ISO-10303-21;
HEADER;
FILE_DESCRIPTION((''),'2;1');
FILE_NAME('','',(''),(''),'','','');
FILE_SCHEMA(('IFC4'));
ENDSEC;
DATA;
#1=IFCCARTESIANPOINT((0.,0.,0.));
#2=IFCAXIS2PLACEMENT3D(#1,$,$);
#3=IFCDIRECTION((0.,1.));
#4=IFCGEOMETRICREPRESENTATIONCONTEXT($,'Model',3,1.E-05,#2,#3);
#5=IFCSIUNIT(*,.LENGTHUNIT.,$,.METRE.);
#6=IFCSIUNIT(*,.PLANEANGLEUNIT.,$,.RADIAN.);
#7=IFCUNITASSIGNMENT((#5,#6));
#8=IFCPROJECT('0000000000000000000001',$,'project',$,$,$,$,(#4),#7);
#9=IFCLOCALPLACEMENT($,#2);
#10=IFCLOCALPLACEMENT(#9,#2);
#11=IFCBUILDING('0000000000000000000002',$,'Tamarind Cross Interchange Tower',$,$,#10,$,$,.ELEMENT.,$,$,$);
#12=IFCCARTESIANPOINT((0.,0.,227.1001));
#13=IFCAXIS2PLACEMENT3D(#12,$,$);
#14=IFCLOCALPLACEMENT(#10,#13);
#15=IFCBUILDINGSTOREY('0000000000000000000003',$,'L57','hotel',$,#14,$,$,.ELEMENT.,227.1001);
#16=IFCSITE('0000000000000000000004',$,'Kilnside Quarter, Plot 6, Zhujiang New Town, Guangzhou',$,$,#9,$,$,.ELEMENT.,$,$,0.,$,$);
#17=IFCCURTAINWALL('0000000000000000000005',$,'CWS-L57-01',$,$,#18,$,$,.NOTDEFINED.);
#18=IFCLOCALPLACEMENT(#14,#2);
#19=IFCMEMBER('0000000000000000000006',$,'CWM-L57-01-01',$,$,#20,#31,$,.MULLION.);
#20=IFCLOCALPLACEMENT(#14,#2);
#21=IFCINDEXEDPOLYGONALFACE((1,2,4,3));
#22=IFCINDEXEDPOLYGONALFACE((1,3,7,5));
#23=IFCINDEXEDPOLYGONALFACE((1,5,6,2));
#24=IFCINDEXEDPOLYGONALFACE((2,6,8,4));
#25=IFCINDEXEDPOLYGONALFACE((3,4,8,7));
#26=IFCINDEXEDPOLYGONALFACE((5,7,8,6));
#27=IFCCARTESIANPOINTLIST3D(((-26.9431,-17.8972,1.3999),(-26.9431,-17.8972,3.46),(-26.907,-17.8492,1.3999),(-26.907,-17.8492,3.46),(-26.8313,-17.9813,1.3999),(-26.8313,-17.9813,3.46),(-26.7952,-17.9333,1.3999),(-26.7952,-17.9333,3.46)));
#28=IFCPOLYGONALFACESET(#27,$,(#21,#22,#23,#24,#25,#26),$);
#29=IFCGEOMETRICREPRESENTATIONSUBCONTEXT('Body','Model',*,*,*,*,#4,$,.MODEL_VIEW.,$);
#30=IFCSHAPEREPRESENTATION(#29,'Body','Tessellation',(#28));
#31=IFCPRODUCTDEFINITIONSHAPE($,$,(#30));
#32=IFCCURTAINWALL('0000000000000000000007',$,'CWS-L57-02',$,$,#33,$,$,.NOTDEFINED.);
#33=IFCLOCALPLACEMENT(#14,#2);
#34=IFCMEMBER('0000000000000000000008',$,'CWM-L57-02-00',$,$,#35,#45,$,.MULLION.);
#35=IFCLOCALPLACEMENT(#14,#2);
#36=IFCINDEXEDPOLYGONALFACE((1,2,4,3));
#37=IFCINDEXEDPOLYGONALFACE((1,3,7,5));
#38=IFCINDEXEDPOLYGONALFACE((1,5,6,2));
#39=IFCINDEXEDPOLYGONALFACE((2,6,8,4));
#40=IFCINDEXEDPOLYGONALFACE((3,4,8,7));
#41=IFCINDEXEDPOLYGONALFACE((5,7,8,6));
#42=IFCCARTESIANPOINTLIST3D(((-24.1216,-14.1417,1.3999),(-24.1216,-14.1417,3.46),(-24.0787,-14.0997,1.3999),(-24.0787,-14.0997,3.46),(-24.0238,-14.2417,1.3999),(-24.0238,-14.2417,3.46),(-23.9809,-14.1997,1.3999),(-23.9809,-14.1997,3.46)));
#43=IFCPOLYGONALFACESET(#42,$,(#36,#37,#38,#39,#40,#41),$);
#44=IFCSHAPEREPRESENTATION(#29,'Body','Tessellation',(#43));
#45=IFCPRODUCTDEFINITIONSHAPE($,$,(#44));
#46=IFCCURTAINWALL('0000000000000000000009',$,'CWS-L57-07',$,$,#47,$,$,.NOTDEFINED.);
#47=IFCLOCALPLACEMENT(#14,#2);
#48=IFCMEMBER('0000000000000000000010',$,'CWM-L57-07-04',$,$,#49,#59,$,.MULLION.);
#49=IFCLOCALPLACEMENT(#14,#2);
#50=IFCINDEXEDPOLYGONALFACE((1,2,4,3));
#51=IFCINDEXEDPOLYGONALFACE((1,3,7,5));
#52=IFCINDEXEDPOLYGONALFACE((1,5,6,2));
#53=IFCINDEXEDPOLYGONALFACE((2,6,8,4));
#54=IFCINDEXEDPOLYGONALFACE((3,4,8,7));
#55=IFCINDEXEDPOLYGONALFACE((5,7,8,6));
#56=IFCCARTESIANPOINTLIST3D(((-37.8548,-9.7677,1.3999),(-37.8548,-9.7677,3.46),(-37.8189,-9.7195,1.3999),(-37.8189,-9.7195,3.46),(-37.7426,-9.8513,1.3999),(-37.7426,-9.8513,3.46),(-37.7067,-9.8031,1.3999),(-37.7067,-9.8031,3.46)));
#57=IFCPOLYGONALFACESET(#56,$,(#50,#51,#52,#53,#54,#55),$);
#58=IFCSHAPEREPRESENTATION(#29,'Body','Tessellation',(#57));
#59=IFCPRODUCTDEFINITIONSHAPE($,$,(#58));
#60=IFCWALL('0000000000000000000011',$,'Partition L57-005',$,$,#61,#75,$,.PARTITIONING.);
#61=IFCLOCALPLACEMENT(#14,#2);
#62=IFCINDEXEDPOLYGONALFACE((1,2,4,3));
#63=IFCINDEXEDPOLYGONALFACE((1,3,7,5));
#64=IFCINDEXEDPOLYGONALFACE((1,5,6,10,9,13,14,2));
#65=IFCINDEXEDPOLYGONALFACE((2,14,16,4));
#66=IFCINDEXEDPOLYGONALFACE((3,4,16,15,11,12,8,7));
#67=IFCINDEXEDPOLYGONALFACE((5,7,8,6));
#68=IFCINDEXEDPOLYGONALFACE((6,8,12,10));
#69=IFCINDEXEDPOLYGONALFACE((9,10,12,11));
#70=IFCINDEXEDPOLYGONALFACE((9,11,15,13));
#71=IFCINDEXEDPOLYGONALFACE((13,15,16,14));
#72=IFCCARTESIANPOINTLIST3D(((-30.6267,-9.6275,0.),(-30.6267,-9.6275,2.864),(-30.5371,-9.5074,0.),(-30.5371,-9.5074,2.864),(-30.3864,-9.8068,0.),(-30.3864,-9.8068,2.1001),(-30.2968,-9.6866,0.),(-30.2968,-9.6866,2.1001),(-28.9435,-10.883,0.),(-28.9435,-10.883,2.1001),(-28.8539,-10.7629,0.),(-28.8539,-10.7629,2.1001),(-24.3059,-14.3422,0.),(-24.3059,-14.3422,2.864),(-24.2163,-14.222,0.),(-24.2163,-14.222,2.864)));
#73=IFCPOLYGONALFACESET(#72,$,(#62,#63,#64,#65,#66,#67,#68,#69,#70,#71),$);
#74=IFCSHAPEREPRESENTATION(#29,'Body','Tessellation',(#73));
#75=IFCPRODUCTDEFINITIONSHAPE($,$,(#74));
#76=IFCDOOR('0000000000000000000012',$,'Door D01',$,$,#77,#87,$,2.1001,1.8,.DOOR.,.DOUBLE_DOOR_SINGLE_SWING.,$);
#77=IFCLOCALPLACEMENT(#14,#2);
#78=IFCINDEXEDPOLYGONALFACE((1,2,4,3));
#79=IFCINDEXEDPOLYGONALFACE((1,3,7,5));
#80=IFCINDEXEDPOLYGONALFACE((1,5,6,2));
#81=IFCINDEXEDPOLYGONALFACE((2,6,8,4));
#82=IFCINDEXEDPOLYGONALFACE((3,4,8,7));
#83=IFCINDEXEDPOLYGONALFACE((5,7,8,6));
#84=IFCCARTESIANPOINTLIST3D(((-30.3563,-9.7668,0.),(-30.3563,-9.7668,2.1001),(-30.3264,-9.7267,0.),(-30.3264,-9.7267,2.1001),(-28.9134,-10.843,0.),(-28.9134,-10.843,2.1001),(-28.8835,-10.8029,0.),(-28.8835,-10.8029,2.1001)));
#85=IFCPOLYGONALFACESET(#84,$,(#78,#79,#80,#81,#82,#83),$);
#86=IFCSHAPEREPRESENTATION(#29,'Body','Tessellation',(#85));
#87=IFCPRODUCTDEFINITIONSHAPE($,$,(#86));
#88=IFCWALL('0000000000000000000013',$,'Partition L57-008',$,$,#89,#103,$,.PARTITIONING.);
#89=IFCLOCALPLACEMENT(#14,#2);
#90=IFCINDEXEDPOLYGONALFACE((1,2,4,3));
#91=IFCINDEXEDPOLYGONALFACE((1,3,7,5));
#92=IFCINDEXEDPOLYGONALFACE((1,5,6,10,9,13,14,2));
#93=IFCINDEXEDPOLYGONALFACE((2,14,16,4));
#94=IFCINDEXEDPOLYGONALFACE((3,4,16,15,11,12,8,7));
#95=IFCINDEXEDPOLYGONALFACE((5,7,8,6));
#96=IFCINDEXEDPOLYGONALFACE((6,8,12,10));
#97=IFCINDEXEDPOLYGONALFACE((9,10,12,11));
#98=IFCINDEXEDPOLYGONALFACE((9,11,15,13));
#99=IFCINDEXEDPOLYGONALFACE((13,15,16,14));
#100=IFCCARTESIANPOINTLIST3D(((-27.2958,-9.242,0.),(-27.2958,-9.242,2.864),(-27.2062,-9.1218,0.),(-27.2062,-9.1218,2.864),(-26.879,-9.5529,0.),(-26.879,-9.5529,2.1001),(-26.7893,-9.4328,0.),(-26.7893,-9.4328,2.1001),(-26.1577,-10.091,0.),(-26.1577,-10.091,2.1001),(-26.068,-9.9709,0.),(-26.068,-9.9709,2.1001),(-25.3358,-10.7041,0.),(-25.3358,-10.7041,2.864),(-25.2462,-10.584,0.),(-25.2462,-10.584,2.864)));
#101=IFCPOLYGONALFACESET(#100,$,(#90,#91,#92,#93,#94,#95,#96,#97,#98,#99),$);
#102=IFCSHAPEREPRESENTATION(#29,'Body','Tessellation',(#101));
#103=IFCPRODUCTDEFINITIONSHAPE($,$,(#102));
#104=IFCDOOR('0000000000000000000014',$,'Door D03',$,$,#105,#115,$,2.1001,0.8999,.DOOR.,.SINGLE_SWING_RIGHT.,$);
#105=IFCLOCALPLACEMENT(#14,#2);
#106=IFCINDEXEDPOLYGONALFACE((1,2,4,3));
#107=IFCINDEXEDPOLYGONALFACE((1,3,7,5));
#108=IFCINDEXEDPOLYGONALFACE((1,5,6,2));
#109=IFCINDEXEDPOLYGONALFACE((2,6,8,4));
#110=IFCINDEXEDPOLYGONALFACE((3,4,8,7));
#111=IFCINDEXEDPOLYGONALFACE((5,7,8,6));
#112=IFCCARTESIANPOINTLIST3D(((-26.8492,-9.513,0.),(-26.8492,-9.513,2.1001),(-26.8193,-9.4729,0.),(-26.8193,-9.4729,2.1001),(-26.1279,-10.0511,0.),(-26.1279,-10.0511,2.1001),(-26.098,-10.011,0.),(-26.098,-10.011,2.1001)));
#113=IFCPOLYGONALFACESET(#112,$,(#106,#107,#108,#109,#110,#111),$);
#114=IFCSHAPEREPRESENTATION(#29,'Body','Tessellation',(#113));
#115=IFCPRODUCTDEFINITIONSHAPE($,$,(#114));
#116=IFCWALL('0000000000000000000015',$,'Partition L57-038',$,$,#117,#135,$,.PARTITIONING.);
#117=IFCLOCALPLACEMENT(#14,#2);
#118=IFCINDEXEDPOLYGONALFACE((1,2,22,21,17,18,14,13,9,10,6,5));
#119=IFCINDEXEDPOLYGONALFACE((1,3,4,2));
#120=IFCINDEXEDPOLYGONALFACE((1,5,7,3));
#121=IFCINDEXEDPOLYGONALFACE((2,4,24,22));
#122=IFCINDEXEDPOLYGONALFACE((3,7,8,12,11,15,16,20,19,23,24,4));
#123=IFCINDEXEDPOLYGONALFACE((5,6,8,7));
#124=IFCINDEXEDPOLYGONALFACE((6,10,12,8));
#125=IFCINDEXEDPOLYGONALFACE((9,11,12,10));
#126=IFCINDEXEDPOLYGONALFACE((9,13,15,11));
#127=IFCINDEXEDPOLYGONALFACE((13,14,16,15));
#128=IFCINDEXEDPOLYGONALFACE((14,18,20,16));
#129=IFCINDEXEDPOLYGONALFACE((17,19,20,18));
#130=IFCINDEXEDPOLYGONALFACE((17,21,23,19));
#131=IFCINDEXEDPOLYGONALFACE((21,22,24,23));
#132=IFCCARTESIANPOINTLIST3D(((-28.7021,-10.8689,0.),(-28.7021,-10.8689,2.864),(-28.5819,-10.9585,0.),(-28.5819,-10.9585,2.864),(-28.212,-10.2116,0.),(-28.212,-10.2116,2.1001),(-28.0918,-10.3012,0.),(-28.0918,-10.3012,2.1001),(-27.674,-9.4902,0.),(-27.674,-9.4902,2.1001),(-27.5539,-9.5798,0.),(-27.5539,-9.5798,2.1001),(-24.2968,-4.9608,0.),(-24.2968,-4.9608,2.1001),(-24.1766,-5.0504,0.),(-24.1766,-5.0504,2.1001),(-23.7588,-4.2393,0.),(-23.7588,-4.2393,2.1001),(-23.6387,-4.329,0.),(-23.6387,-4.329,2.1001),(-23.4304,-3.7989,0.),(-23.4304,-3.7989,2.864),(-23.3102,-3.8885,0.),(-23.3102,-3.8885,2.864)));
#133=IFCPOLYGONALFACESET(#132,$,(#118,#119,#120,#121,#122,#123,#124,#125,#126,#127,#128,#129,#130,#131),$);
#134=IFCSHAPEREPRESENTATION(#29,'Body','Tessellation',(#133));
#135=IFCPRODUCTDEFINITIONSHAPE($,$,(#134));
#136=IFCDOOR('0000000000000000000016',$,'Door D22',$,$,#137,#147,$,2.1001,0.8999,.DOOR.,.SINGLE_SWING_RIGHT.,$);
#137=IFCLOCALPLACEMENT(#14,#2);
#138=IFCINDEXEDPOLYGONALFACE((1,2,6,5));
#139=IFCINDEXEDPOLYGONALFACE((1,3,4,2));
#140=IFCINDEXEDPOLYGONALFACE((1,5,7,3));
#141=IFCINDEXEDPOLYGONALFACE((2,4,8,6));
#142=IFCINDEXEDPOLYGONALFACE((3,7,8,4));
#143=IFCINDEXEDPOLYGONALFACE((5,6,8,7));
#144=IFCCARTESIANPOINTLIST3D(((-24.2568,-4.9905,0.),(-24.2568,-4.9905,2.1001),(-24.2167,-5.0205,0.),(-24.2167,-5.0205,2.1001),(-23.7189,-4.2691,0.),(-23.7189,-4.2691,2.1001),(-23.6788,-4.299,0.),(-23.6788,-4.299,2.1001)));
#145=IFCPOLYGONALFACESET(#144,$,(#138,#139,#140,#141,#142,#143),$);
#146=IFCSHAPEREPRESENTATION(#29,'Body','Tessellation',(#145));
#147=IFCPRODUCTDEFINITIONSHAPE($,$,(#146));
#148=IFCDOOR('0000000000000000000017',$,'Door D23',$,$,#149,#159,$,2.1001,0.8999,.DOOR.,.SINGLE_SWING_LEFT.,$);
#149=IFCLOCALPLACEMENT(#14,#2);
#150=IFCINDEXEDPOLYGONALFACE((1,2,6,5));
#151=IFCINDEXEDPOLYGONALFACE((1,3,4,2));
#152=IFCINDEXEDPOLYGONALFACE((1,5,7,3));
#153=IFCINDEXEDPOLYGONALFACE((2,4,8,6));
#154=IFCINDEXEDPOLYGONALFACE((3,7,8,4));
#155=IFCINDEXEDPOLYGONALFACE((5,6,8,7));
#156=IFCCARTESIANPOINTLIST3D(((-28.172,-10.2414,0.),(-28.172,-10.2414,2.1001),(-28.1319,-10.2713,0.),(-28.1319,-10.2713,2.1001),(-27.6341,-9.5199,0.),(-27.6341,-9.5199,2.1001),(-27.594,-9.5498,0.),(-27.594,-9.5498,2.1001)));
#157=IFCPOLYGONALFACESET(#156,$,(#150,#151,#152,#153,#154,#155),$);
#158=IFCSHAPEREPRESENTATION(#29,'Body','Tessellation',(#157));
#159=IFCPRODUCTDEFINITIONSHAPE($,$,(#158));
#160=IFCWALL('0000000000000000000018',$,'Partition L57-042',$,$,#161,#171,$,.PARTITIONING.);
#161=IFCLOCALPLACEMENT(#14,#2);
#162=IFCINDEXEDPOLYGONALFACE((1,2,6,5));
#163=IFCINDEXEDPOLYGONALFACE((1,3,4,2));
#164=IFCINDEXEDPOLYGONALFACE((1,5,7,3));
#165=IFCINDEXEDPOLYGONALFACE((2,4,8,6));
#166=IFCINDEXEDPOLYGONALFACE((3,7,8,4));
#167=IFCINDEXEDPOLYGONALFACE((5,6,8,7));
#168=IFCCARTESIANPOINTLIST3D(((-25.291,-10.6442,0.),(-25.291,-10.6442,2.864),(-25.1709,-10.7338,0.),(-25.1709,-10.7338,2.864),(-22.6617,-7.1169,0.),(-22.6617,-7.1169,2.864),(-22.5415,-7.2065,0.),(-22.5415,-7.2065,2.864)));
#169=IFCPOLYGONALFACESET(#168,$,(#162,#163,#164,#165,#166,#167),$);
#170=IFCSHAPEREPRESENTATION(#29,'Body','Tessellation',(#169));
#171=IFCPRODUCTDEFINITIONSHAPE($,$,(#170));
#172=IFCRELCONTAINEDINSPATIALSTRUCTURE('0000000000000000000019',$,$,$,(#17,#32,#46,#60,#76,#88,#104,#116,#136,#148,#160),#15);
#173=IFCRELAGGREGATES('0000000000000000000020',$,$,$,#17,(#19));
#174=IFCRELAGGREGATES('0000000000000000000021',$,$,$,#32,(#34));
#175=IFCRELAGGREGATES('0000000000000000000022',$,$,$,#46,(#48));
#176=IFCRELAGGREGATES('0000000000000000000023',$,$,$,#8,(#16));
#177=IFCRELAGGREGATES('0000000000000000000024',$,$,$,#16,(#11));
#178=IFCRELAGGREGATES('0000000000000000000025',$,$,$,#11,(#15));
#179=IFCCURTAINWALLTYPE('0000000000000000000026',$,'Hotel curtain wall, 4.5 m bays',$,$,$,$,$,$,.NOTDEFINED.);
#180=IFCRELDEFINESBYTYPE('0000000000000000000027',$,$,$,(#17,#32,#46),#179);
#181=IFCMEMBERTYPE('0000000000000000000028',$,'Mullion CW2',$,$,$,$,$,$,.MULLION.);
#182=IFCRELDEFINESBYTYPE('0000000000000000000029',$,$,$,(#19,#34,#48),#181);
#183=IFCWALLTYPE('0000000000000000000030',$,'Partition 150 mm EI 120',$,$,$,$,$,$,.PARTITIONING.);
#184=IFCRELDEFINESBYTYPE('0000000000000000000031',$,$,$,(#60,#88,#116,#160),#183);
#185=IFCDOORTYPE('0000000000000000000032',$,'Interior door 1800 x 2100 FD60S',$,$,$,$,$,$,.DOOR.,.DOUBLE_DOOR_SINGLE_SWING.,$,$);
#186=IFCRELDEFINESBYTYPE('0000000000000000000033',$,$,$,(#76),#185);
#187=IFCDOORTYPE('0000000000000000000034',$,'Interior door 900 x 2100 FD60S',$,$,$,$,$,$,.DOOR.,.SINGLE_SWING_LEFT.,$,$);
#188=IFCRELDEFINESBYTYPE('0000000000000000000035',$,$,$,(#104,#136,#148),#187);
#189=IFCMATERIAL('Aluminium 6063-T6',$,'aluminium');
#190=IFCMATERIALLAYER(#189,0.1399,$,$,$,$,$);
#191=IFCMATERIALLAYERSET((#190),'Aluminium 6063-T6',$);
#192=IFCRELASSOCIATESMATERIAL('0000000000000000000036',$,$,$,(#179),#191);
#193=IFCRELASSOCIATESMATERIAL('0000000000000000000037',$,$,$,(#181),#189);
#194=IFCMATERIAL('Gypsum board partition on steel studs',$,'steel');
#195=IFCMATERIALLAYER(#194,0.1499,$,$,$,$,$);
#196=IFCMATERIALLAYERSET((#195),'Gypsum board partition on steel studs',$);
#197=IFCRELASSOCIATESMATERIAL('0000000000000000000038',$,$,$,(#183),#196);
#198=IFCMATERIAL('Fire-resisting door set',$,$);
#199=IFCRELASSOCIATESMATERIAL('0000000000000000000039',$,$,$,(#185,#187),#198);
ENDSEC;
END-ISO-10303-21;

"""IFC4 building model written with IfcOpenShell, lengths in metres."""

from ifc_helpers import new_model, si_unit, direction, frame, frame_2d, origin, origin_2d, place, context, subcontext, project, spatial, rectangle, extrude, material, layer, layer_set, material_profile, profile_set, type_object, element, fill, aggregate, save


model = new_model("IFC4")

# Units and contexts
model_context = context("Model", 3, precision=1e-05, world=origin(), true_north=direction((0.0, 1.0)))
body_context = subcontext(model_context, "Body", "Model", "MODEL_VIEW")
ifc_project = project(units=[si_unit("LENGTHUNIT", "METRE"), si_unit("PLANEANGLEUNIT", "RADIAN")], contexts=[model_context])

# Site, building, storey
site_placement = place(None, origin())
site = spatial("IfcSite", under=ifc_project, at=site_placement, Name="Kilnside Quarter, Plot 6, Zhujiang New Town, Guangzhou", CompositionType="ELEMENT", RefElevation=0.0)
building_placement = place(site_placement, origin())
building = spatial("IfcBuilding", under=site, at=building_placement, Name="Tamarind Cross Interchange Tower", CompositionType="ELEMENT")
storey_placement = place(building_placement, frame((0.0, 0.0, 227.1001)))
storey = spatial("IfcBuildingStorey", under=building, at=storey_placement, Name="L57", Description="hotel", CompositionType="ELEMENT", Elevation=227.1001)

# Curtain wall, member
ifc_material_1 = material(Name="Aluminium 6063-T6", Category="aluminium")
ifc_layer_1 = layer(ifc_material_1, 0.1399)
ifc_layer_set_1 = layer_set([ifc_layer_1], Name="Aluminium 6063-T6")
curtain_wall_type = type_object("IfcCurtainWallType", Name="Hotel curtain wall, 4.5 m bays", PredefinedType="NOTDEFINED", material=ifc_layer_set_1)
ifc_material_profile_1 = material_profile(ifc_material_1, rectangle(XDim=0.0601, YDim=0.1399, at=origin_2d()), Name="Mullion CW2")
ifc_profile_set_1 = profile_set([ifc_material_profile_1], Name="Aluminium 6063-T6")
member_type = type_object("IfcMemberType", Name="Mullion CW2", PredefinedType="MULLION", material=ifc_profile_set_1)
curtain_wall_1_placement = place(storey_placement, origin())
curtain_wall_1 = element("IfcCurtainWall", 1, at=curtain_wall_1_placement, inside=storey, type_object=curtain_wall_type, Name="CWS-L57-01", PredefinedType="NOTDEFINED")
member_1_placement = place(storey_placement, frame((-26.8691, -17.9153, 1.3999), z_axis=(0.0, 0.0, 1.0), x_axis=(0.601316, 0.799011, 0.0)))
member_1 = element("IfcMember", 2, at=member_1_placement, type_object=member_type, Name="CWM-L57-01-01", PredefinedType="MULLION", context=body_context, shape_type="SweptSolid", body=[
    extrude(rectangle(XDim=0.0601, YDim=0.1399, at=origin_2d()), origin(), (0.0, 0.0, 1.0), 2.0601),
])
aggregate(curtain_wall_1, [member_1])

# Curtain walls, members
curtain_wall_2_placement = place(storey_placement, origin())
curtain_wall_2 = element("IfcCurtainWall", 3, at=curtain_wall_2_placement, inside=storey, type_object=curtain_wall_type, Name="CWS-L57-02", PredefinedType="NOTDEFINED")
member_2_placement = place(storey_placement, frame((-24.0513, -14.1707, 1.3999), z_axis=(0.0, 0.0, 1.0), x_axis=(0.714811, 0.699317, 0.0)))
member_2 = element("IfcMember", 4, at=member_2_placement, type_object=member_type, Name="CWM-L57-02-00", PredefinedType="MULLION", context=body_context, shape_type="SweptSolid", body=[
    extrude(rectangle(XDim=0.0601, YDim=0.1399, at=origin_2d()), origin(), (0.0, 0.0, 1.0), 2.0601),
])
aggregate(curtain_wall_2, [member_2])
curtain_wall_3_placement = place(storey_placement, origin())
curtain_wall_3 = element("IfcCurtainWall", 5, at=curtain_wall_3_placement, inside=storey, type_object=curtain_wall_type, Name="CWS-L57-07", PredefinedType="NOTDEFINED")
member_3_placement = place(storey_placement, frame((-37.7808, -9.7854, 1.3999), z_axis=(0.0, 0.0, 1.0), x_axis=(-0.597838, -0.801617, 0.0)))
member_3 = element("IfcMember", 6, at=member_3_placement, type_object=member_type, Name="CWM-L57-07-04", PredefinedType="MULLION", context=body_context, shape_type="SweptSolid", body=[
    extrude(rectangle(XDim=0.0601, YDim=0.1399, at=origin_2d()), origin(), (0.0, 0.0, 1.0), 2.0601),
])
aggregate(curtain_wall_3, [member_3])

# Walls, openings, doors
ifc_material_2 = material(Name="Gypsum board partition on steel studs", Category="steel")
ifc_layer_2 = layer(ifc_material_2, 0.1499)
ifc_layer_set_2 = layer_set([ifc_layer_2], Name="Gypsum board partition on steel studs")
wall_type = type_object("IfcWallType", Name="Partition 150 mm EI 120", PredefinedType="PARTITIONING", material=ifc_layer_set_2)
wall_1_placement = place(storey_placement, frame((-30.582, -9.5674, 0.0), z_axis=(0.0, 0.0, 1.0), x_axis=(0.80158, -0.597888, 0.0)))
wall_1 = element("IfcWall", 7, at=wall_1_placement, inside=storey, type_object=wall_type, Name="Partition L57-005", PredefinedType="PARTITIONING", context=body_context, shape_type="SweptSolid", body=[
    extrude(rectangle(XDim=7.8855, YDim=0.1499, at=frame_2d((3.9429, 0.0))), origin(), (0.0, 0.0, 1.0), 2.864),
])
opening_1_placement = place(wall_1_placement, frame((0.3, 0.0, 0.0)))
opening_1 = element("IfcOpeningElement", 8, at=opening_1_placement, cuts=wall_1, PredefinedType="OPENING", context=body_context, shape_type="SweptSolid", body=[
    extrude(rectangle(XDim=1.8, YDim=2.1001, at=frame_2d((0.8999, 1.05))), frame((0.0, 0.085, 0.0), z_axis=(0.0, -1.0, 0.0), x_axis=(1.0, 0.0, 0.0)), (0.0, 0.0, 1.0), 0.1699),
])
ifc_material_3 = material(Name="Fire-resisting door set")
door_type_1 = type_object("IfcDoorType", Name="Interior door 1800 x 2100 FD60S", OperationType="DOUBLE_DOOR_SINGLE_SWING", PredefinedType="DOOR", material=ifc_material_3)
door_1_placement = place(opening_1_placement, frame((1.8, 0.0, 0.0), z_axis=(0.0, 0.0, 1.0), x_axis=(-1.0, 0.0, 0.0)))
door_1 = element("IfcDoor", 9, at=door_1_placement, inside=storey, type_object=door_type_1, Name="Door D01", OperationType="DOUBLE_DOOR_SINGLE_SWING", OverallHeight=2.1001, OverallWidth=1.8, PredefinedType="DOOR", context=body_context, shape_type="SweptSolid", body=[
    extrude(rectangle(XDim=1.8, YDim=2.1001, at=frame_2d((0.8999, 1.05))), frame((0.0, 0.0249, 0.0), z_axis=(0.0, -1.0, 0.0), x_axis=(1.0, 0.0, 0.0)), (0.0, 0.0, 1.0), 0.05),
])
fill(opening_1, door_1)
wall_2_placement = place(storey_placement, frame((-27.251, -9.1819, 0.0), z_axis=(0.0, 0.0, 1.0), x_axis=(0.801531, -0.597953, 0.0)))
wall_2 = element("IfcWall", 10, at=wall_2_placement, inside=storey, type_object=wall_type, Name="Partition L57-008", PredefinedType="PARTITIONING", context=body_context, shape_type="SweptSolid", body=[
    extrude(rectangle(XDim=2.4453, YDim=0.1499, at=frame_2d((1.2227, 0.0))), origin(), (0.0, 0.0, 1.0), 2.864),
])
opening_2_placement = place(wall_2_placement, frame((0.52, 0.0, 0.0)))
opening_2 = element("IfcOpeningElement", 11, at=opening_2_placement, cuts=wall_2, PredefinedType="OPENING", context=body_context, shape_type="SweptSolid", body=[
    extrude(rectangle(XDim=0.8999, YDim=2.1001, at=frame_2d((0.45, 1.05))), frame((0.0, 0.085, 0.0), z_axis=(0.0, -1.0, 0.0), x_axis=(1.0, 0.0, 0.0)), (0.0, 0.0, 1.0), 0.1699),
])
door_type_2 = type_object("IfcDoorType", Name="Interior door 900 x 2100 FD60S", OperationType="SINGLE_SWING_LEFT", PredefinedType="DOOR", material=ifc_material_3)
door_2_placement = place(opening_2_placement, origin())
door_2 = element("IfcDoor", 12, at=door_2_placement, inside=storey, type_object=door_type_2, Name="Door D03", OperationType="SINGLE_SWING_RIGHT", OverallHeight=2.1001, OverallWidth=0.8999, PredefinedType="DOOR", context=body_context, shape_type="SweptSolid", body=[
    extrude(rectangle(XDim=0.8999, YDim=2.1001, at=frame_2d((0.45, 1.05))), frame((0.0, 0.0249, 0.0), z_axis=(0.0, -1.0, 0.0), x_axis=(1.0, 0.0, 0.0)), (0.0, 0.0, 1.0), 0.05),
])
fill(opening_2, door_2)

# Wall, openings, doors
wall_3_placement = place(storey_placement, frame((-28.6421, -10.9138, 0.0), z_axis=(0.0, 0.0, 1.0), x_axis=(0.597761, 0.801674, 0.0)))
wall_3 = element("IfcWall", 13, at=wall_3_placement, inside=storey, type_object=wall_type, Name="Partition L57-038", PredefinedType="PARTITIONING", context=body_context, shape_type="SweptSolid", body=[
    extrude(rectangle(XDim=8.8191, YDim=0.1499, at=frame_2d((4.4097, 0.0))), origin(), (0.0, 0.0, 1.0), 2.864),
])
opening_3_placement = place(wall_3_placement, frame((7.3699, 0.0, 0.0)))
opening_3 = element("IfcOpeningElement", 14, at=opening_3_placement, cuts=wall_3, PredefinedType="OPENING", context=body_context, shape_type="SweptSolid", body=[
    extrude(rectangle(XDim=0.8999, YDim=2.1001, at=frame_2d((0.45, 1.05))), frame((0.0, 0.085, 0.0), z_axis=(0.0, -1.0, 0.0), x_axis=(1.0, 0.0, 0.0)), (0.0, 0.0, 1.0), 0.1699),
])
opening_4_placement = place(wall_3_placement, frame((0.8201, 0.0, 0.0)))
opening_4 = element("IfcOpeningElement", 15, at=opening_4_placement, cuts=wall_3, PredefinedType="OPENING", context=body_context, shape_type="SweptSolid", body=[
    extrude(rectangle(XDim=0.8999, YDim=2.1001, at=frame_2d((0.45, 1.05))), frame((0.0, 0.085, 0.0), z_axis=(0.0, -1.0, 0.0), x_axis=(1.0, 0.0, 0.0)), (0.0, 0.0, 1.0), 0.1699),
])
door_3_placement = place(opening_3_placement, frame((0.8999, 0.0, 0.0), z_axis=(0.0, 0.0, 1.0), x_axis=(-1.0, 0.0, 0.0)))
door_3 = element("IfcDoor", 16, at=door_3_placement, inside=storey, type_object=door_type_2, Name="Door D22", OperationType="SINGLE_SWING_RIGHT", OverallHeight=2.1001, OverallWidth=0.8999, PredefinedType="DOOR", context=body_context, shape_type="SweptSolid", body=[
    extrude(rectangle(XDim=0.8999, YDim=2.1001, at=frame_2d((0.45, 1.05))), frame((0.0, 0.0249, 0.0), z_axis=(0.0, -1.0, 0.0), x_axis=(1.0, 0.0, 0.0)), (0.0, 0.0, 1.0), 0.05),
])
fill(opening_3, door_3)
door_4_placement = place(opening_4_placement, frame((0.8999, 0.0, 0.0), z_axis=(0.0, 0.0, 1.0), x_axis=(-1.0, 0.0, 0.0)))
door_4 = element("IfcDoor", 17, at=door_4_placement, inside=storey, type_object=door_type_2, Name="Door D23", OperationType="SINGLE_SWING_LEFT", OverallHeight=2.1001, OverallWidth=0.8999, PredefinedType="DOOR", context=body_context, shape_type="SweptSolid", body=[
    extrude(rectangle(XDim=0.8999, YDim=2.1001, at=frame_2d((0.45, 1.05))), frame((0.0, 0.0249, 0.0), z_axis=(0.0, -1.0, 0.0), x_axis=(1.0, 0.0, 0.0)), (0.0, 0.0, 1.0), 0.05),
])
fill(opening_4, door_4)

# Wall
wall_4_placement = place(storey_placement, frame((-25.231, -10.689, 0.0), z_axis=(0.0, 0.0, 1.0), x_axis=(0.597653, 0.801755, 0.0)))
element("IfcWall", 18, at=wall_4_placement, inside=storey, type_object=wall_type, Name="Partition L57-042", PredefinedType="PARTITIONING", context=body_context, shape_type="SweptSolid", body=[
    extrude(rectangle(XDim=4.3994, YDim=0.1499, at=frame_2d((2.1997, 0.0))), origin(), (0.0, 0.0, 1.0), 2.864),
])

save(model, "model.ifc")
